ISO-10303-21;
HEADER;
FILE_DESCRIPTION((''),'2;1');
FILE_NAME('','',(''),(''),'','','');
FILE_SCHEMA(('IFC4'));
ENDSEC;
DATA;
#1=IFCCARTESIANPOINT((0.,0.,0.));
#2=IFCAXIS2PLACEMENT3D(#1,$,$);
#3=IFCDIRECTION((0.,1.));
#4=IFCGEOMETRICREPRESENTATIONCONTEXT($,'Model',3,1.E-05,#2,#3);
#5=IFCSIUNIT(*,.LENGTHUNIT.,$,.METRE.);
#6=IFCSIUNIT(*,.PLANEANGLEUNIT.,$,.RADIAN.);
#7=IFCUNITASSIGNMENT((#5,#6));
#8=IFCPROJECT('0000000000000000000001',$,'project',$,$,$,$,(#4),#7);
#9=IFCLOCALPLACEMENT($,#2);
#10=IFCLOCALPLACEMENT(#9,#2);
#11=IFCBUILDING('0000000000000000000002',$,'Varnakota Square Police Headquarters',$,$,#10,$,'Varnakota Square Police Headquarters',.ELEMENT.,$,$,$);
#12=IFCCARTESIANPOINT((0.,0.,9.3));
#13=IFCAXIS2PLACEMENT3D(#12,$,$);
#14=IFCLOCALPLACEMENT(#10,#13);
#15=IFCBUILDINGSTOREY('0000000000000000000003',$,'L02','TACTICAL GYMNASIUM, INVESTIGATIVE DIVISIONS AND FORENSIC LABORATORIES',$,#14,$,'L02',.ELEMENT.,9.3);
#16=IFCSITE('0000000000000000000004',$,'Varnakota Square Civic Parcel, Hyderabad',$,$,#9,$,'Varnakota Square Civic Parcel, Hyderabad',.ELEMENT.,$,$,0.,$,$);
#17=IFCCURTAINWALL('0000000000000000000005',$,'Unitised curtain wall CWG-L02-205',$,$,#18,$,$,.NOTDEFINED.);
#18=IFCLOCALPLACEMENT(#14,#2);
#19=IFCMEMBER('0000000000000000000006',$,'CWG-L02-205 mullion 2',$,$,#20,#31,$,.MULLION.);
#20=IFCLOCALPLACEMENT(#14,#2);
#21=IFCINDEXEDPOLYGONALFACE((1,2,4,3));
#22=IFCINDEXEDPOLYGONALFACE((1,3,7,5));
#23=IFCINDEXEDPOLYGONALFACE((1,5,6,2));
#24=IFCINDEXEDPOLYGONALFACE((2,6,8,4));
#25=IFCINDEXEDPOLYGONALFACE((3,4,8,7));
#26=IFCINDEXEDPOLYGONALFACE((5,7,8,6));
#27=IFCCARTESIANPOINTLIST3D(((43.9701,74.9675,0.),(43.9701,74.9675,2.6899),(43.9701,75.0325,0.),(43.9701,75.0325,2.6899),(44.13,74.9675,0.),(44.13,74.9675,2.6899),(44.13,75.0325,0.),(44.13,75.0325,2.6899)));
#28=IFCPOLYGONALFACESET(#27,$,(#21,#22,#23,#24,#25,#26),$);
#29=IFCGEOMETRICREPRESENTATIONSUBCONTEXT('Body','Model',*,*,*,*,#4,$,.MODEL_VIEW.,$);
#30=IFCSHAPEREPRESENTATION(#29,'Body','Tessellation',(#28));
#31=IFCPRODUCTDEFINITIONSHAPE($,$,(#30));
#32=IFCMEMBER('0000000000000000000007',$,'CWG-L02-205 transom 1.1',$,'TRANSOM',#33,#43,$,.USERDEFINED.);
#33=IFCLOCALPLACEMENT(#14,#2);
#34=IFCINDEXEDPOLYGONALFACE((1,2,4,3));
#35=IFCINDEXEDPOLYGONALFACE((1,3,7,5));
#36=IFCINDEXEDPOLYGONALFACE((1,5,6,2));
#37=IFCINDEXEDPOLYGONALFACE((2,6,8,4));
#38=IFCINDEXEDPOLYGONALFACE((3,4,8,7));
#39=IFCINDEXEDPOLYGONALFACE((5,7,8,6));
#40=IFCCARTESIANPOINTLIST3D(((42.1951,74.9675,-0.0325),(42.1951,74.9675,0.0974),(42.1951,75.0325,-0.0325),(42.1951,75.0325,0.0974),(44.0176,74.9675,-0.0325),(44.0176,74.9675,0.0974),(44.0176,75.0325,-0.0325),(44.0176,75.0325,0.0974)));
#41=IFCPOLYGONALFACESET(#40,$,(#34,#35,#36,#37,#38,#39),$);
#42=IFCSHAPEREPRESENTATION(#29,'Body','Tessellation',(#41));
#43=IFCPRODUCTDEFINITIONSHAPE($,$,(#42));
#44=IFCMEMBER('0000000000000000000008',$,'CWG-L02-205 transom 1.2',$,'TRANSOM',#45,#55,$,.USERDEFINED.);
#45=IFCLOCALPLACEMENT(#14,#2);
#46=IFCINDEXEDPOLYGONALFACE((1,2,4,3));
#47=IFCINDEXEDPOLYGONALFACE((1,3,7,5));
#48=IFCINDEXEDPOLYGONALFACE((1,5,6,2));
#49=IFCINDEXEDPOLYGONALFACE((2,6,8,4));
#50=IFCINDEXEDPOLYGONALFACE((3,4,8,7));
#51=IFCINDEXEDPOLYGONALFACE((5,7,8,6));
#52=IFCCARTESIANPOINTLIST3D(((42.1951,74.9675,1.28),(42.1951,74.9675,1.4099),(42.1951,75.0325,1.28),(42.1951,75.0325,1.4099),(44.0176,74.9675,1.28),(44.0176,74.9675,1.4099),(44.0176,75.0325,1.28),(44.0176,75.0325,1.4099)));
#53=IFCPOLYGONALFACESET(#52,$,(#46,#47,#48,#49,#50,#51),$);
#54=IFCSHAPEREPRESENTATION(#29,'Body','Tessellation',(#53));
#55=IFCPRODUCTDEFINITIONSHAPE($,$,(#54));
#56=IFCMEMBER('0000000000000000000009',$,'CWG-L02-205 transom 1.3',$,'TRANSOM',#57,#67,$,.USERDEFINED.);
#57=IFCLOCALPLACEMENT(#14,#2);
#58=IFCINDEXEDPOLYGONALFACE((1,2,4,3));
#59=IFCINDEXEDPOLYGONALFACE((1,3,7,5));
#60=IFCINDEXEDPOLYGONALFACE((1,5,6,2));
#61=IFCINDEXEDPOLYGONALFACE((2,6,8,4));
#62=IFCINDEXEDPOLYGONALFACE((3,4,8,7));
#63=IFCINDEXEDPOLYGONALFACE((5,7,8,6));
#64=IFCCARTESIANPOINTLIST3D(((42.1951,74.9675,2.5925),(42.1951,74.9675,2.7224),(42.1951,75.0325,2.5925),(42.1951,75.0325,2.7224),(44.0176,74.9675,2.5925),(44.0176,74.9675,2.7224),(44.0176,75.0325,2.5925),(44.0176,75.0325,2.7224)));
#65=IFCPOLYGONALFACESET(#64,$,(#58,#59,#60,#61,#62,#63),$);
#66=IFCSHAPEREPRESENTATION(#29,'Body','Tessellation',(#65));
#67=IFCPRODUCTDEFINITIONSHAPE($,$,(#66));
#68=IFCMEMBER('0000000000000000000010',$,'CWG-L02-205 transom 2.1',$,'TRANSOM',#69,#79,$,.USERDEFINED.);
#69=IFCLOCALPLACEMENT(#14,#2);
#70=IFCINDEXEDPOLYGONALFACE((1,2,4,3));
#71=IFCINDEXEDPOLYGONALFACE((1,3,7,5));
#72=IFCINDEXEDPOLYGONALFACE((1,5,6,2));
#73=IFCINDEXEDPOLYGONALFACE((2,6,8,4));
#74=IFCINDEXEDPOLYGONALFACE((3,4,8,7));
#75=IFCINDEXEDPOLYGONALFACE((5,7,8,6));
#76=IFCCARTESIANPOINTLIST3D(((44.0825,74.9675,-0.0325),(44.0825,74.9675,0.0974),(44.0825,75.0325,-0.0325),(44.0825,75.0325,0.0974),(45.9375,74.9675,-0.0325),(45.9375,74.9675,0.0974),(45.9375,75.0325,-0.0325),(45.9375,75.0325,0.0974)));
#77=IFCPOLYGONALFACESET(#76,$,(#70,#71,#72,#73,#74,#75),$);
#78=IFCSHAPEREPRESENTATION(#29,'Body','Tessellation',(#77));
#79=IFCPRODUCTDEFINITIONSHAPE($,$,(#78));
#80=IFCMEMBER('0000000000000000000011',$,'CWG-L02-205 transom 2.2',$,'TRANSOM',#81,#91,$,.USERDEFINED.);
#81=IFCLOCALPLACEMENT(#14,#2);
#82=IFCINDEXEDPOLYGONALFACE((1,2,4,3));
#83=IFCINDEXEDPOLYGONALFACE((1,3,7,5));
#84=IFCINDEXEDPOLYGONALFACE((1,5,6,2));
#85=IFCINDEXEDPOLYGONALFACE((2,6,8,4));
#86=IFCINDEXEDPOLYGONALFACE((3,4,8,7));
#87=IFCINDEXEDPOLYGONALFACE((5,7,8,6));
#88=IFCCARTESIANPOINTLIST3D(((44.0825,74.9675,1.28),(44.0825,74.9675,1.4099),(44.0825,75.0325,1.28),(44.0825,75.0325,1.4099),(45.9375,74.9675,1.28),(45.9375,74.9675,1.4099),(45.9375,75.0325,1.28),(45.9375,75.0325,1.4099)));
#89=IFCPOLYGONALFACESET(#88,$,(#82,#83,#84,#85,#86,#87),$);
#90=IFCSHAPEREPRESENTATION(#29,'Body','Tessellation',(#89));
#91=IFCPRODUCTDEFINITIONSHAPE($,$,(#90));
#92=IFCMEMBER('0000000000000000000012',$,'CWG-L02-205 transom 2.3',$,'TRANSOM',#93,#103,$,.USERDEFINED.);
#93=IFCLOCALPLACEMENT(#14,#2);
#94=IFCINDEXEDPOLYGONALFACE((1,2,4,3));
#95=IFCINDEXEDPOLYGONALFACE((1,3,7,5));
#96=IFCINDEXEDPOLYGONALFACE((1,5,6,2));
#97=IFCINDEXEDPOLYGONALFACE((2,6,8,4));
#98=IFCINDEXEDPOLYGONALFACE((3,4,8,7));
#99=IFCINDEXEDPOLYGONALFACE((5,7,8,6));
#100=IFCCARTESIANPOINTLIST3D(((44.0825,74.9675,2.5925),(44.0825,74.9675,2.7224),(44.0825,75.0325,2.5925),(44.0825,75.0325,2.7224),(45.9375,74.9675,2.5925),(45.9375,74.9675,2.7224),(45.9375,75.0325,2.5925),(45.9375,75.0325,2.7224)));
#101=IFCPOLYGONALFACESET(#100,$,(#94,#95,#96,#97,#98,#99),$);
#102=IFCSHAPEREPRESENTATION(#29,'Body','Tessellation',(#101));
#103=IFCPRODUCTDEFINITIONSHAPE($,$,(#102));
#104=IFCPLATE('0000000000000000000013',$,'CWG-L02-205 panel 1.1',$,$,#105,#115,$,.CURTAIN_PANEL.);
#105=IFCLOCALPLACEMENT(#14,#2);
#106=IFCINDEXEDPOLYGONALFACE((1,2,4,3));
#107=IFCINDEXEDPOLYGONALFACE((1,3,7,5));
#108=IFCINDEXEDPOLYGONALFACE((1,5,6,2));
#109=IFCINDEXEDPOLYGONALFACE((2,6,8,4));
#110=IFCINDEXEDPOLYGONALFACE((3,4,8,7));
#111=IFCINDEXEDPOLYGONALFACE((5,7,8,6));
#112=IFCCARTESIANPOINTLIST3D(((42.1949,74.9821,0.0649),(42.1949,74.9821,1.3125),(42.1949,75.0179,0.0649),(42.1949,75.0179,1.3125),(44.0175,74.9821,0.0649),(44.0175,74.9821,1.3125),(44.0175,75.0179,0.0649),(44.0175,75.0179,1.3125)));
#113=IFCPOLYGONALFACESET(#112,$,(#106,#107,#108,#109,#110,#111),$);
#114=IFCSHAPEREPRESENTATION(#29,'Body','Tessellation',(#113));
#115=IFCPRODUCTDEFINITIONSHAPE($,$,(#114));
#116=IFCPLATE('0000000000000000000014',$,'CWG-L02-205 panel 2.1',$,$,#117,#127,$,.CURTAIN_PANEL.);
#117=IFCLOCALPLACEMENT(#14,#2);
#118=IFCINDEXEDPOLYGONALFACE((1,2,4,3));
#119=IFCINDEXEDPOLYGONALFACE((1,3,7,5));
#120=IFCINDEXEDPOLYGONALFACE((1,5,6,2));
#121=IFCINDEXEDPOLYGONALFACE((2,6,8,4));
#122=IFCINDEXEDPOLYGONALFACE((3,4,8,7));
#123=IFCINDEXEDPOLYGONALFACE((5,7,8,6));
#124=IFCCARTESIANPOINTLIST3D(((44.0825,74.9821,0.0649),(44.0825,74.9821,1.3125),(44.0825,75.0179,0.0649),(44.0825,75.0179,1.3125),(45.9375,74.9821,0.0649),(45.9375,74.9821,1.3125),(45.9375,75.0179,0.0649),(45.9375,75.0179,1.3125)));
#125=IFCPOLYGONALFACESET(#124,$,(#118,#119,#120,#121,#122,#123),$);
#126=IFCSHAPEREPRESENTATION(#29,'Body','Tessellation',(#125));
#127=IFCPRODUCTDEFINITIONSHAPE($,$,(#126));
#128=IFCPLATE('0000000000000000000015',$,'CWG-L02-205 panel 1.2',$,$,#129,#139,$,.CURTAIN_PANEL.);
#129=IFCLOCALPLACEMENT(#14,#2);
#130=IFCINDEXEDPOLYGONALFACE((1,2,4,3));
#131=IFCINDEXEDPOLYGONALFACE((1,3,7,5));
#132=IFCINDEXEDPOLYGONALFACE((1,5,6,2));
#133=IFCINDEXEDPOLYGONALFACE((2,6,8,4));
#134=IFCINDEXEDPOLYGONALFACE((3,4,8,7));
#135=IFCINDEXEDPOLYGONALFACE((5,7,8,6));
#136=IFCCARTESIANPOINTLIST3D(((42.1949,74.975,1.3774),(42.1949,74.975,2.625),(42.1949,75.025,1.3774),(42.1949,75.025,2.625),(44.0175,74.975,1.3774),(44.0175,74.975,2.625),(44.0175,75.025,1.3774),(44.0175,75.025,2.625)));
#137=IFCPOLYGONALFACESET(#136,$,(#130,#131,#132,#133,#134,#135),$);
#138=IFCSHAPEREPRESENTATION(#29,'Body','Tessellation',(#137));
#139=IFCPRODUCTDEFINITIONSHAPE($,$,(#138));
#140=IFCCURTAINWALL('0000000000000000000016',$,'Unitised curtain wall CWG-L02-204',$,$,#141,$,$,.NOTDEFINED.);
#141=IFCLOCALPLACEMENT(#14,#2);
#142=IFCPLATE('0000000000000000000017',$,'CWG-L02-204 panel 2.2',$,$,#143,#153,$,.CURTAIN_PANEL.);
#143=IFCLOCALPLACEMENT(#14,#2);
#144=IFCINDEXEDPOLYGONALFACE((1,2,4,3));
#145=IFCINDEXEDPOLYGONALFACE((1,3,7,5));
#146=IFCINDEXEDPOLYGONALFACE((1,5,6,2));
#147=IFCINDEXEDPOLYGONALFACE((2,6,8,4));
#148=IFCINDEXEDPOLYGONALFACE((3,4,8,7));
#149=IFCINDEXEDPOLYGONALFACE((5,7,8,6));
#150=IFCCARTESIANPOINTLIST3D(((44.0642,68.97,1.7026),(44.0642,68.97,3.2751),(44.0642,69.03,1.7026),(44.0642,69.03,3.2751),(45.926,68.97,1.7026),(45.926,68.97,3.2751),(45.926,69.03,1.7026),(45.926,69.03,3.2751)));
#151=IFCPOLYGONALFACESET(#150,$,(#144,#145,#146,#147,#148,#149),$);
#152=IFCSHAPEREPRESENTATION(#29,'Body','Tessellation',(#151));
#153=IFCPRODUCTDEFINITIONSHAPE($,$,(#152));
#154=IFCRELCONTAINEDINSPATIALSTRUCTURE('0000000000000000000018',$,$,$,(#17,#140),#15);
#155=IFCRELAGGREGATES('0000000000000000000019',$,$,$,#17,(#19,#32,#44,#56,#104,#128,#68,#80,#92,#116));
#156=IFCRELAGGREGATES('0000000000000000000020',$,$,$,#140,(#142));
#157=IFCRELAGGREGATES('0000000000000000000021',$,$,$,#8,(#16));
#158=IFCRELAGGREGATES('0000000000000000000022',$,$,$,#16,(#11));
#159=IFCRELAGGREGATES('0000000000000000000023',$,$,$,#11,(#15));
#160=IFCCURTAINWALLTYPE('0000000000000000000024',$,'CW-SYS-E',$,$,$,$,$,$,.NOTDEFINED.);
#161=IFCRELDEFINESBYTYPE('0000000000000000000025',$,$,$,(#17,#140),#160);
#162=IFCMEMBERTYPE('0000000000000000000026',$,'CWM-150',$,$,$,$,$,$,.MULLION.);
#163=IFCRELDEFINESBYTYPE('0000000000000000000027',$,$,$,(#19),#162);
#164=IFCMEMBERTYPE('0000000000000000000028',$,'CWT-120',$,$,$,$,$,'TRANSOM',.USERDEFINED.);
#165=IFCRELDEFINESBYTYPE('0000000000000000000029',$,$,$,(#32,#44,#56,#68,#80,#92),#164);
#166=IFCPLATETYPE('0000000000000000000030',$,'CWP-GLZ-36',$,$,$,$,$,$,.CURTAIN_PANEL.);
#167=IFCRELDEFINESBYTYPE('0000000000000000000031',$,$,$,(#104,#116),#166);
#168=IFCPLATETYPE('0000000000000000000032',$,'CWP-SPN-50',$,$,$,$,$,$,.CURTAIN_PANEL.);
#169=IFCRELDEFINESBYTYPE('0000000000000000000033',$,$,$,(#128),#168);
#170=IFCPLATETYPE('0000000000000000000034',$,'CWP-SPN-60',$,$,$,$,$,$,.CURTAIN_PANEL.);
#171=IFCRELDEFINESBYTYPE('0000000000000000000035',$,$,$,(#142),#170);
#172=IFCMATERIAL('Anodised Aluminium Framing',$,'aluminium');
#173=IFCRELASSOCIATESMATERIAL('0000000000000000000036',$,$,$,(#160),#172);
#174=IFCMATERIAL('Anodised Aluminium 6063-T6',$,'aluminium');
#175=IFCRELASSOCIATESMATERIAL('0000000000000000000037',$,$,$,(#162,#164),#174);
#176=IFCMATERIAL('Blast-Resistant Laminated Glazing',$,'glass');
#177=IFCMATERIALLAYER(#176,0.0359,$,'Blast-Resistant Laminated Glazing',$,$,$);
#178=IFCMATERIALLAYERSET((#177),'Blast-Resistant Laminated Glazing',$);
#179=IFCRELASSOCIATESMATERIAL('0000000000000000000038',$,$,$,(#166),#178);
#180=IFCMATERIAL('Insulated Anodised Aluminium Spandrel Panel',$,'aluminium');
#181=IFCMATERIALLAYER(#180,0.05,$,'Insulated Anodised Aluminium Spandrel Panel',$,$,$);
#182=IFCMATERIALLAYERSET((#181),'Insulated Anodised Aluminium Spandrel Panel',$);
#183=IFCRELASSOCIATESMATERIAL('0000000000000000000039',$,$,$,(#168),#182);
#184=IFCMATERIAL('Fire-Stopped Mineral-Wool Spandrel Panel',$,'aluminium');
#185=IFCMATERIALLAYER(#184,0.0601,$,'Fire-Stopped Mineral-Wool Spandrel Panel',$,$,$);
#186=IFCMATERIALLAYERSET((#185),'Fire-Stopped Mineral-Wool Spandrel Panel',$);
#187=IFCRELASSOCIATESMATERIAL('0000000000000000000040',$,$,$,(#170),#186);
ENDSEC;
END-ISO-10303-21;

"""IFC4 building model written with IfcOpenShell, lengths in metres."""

from ifc_helpers import new_model, si_unit, direction, frame, origin, origin_2d, place, context, subcontext, project, spatial, rectangle, extrude, material, layer, layer_set, material_profile, profile_set, type_object, element, aggregate, save


model = new_model("IFC4")

# Units and contexts
model_context = context("Model", 3, precision=1e-05, world=origin(), true_north=direction((0.0, 1.0)))
body_context = subcontext(model_context, "Body", "Model", "MODEL_VIEW")
ifc_project = project(units=[si_unit("LENGTHUNIT", "METRE"), si_unit("PLANEANGLEUNIT", "RADIAN")], contexts=[model_context])

# Site, building, storey
site_placement = place(None, origin())
site = spatial("IfcSite", under=ifc_project, at=site_placement, Name="Varnakota Square Civic Parcel, Hyderabad", LongName="Varnakota Square Civic Parcel, Hyderabad", CompositionType="ELEMENT", RefElevation=0.0)
building_placement = place(site_placement, origin())
building = spatial("IfcBuilding", under=site, at=building_placement, Name="Varnakota Square Police Headquarters", LongName="Varnakota Square Police Headquarters", CompositionType="ELEMENT")
storey_placement = place(building_placement, frame((0.0, 0.0, 9.3)))
storey = spatial("IfcBuildingStorey", under=building, at=storey_placement, Name="L02", Description="TACTICAL GYMNASIUM, INVESTIGATIVE DIVISIONS AND FORENSIC LABORATORIES", LongName="L02", CompositionType="ELEMENT", Elevation=9.3)

# Curtain wall, members, plates
ifc_material_1 = material(Name="Anodised Aluminium Framing", Category="aluminium")
curtain_wall_type = type_object("IfcCurtainWallType", Name="CW-SYS-E", PredefinedType="NOTDEFINED", material=ifc_material_1)
curtain_wall_1_placement = place(storey_placement, origin())
curtain_wall_1 = element("IfcCurtainWall", 1, at=curtain_wall_1_placement, inside=storey, type_object=curtain_wall_type, Name="Unitised curtain wall CWG-L02-205", PredefinedType="NOTDEFINED")
ifc_material_2 = material(Name="Anodised Aluminium 6063-T6", Category="aluminium")
ifc_material_profile_1 = material_profile(ifc_material_2, rectangle(XDim=0.0649, YDim=0.1599, at=origin_2d()), Name="ALU MULLION 65x160")
ifc_profile_set_1 = profile_set([ifc_material_profile_1], Name="Anodised Aluminium 6063-T6")
member_type_1 = type_object("IfcMemberType", Name="CWM-150", PredefinedType="MULLION", material=ifc_profile_set_1)
member_1_placement = place(storey_placement, frame((44.05, 75.0, 0.0), z_axis=(0.0, 0.0, 1.0), x_axis=(0.0, 1.0, 0.0)))
member_1 = element("IfcMember", 2, at=member_1_placement, type_object=member_type_1, Name="CWG-L02-205 mullion 2", PredefinedType="MULLION", context=body_context, shape_type="SweptSolid", body=[
    extrude(rectangle(XDim=0.0649, YDim=0.1599, at=origin_2d()), origin(), (0.0, 0.0, 1.0), 2.6899),
])
ifc_material_profile_2 = material_profile(ifc_material_2, rectangle(XDim=0.0649, YDim=0.1299, at=origin_2d()), Name="ALU TRANSOM 65x130")
ifc_profile_set_2 = profile_set([ifc_material_profile_2], Name="Anodised Aluminium 6063-T6")
member_type_2 = type_object("IfcMemberType", Name="CWT-120", ElementType="TRANSOM", PredefinedType="USERDEFINED", material=ifc_profile_set_2)
member_2_placement = place(storey_placement, frame((42.1951, 75.0, 0.0325), z_axis=(1.0, 0.0, 0.0), x_axis=(0.0, 1.0, 0.0)))
member_2 = element("IfcMember", 3, at=member_2_placement, type_object=member_type_2, Name="CWG-L02-205 transom 1.1", ObjectType="TRANSOM", PredefinedType="USERDEFINED", context=body_context, shape_type="SweptSolid", body=[
    extrude(rectangle(XDim=0.0649, YDim=0.1299, at=origin_2d()), origin(), (0.0, 0.0, 1.0), 1.8225),
])
member_3_placement = place(storey_placement, frame((42.1951, 75.0, 1.345), z_axis=(1.0, 0.0, 0.0), x_axis=(0.0, 1.0, 0.0)))
member_3 = element("IfcMember", 4, at=member_3_placement, type_object=member_type_2, Name="CWG-L02-205 transom 1.2", ObjectType="TRANSOM", PredefinedType="USERDEFINED", context=body_context, shape_type="SweptSolid", body=[
    extrude(rectangle(XDim=0.0649, YDim=0.1299, at=origin_2d()), origin(), (0.0, 0.0, 1.0), 1.8225),
])
member_4_placement = place(storey_placement, frame((42.1951, 75.0, 2.6575), z_axis=(1.0, 0.0, 0.0), x_axis=(0.0, 1.0, 0.0)))
member_4 = element("IfcMember", 5, at=member_4_placement, type_object=member_type_2, Name="CWG-L02-205 transom 1.3", ObjectType="TRANSOM", PredefinedType="USERDEFINED", context=body_context, shape_type="SweptSolid", body=[
    extrude(rectangle(XDim=0.0649, YDim=0.1299, at=origin_2d()), origin(), (0.0, 0.0, 1.0), 1.8225),
])
member_5_placement = place(storey_placement, frame((44.0825, 75.0, 0.0325), z_axis=(1.0, 0.0, 0.0), x_axis=(0.0, 1.0, 0.0)))
member_5 = element("IfcMember", 6, at=member_5_placement, type_object=member_type_2, Name="CWG-L02-205 transom 2.1", ObjectType="TRANSOM", PredefinedType="USERDEFINED", context=body_context, shape_type="SweptSolid", body=[
    extrude(rectangle(XDim=0.0649, YDim=0.1299, at=origin_2d()), origin(), (0.0, 0.0, 1.0), 1.855),
])
member_6_placement = place(storey_placement, frame((44.0825, 75.0, 1.345), z_axis=(1.0, 0.0, 0.0), x_axis=(0.0, 1.0, 0.0)))
member_6 = element("IfcMember", 7, at=member_6_placement, type_object=member_type_2, Name="CWG-L02-205 transom 2.2", ObjectType="TRANSOM", PredefinedType="USERDEFINED", context=body_context, shape_type="SweptSolid", body=[
    extrude(rectangle(XDim=0.0649, YDim=0.1299, at=origin_2d()), origin(), (0.0, 0.0, 1.0), 1.855),
])
member_7_placement = place(storey_placement, frame((44.0825, 75.0, 2.6575), z_axis=(1.0, 0.0, 0.0), x_axis=(0.0, 1.0, 0.0)))
member_7 = element("IfcMember", 8, at=member_7_placement, type_object=member_type_2, Name="CWG-L02-205 transom 2.3", ObjectType="TRANSOM", PredefinedType="USERDEFINED", context=body_context, shape_type="SweptSolid", body=[
    extrude(rectangle(XDim=0.0649, YDim=0.1299, at=origin_2d()), origin(), (0.0, 0.0, 1.0), 1.855),
])
ifc_material_3 = material(Name="Blast-Resistant Laminated Glazing", Category="glass")
ifc_layer_1 = layer(ifc_material_3, 0.0359, Name="Blast-Resistant Laminated Glazing")
ifc_layer_set_1 = layer_set([ifc_layer_1], Name="Blast-Resistant Laminated Glazing")
plate_type_1 = type_object("IfcPlateType", Name="CWP-GLZ-36", PredefinedType="CURTAIN_PANEL", material=ifc_layer_set_1)
plate_1_placement = place(storey_placement, frame((43.1062, 75.0, 0.0649), z_axis=(0.0, 0.0, 1.0), x_axis=(1.0, 0.0, 0.0)))
plate_1 = element("IfcPlate", 9, at=plate_1_placement, type_object=plate_type_1, Name="CWG-L02-205 panel 1.1", PredefinedType="CURTAIN_PANEL", context=body_context, shape_type="SweptSolid", body=[
    extrude(rectangle(XDim=1.8225, YDim=0.0359, at=origin_2d()), origin(), (0.0, 0.0, 1.0), 1.2476),
])
plate_2_placement = place(storey_placement, frame((45.01, 75.0, 0.0649), z_axis=(0.0, 0.0, 1.0), x_axis=(1.0, 0.0, 0.0)))
plate_2 = element("IfcPlate", 10, at=plate_2_placement, type_object=plate_type_1, Name="CWG-L02-205 panel 2.1", PredefinedType="CURTAIN_PANEL", context=body_context, shape_type="SweptSolid", body=[
    extrude(rectangle(XDim=1.855, YDim=0.0359, at=origin_2d()), origin(), (0.0, 0.0, 1.0), 1.2476),
])
ifc_material_4 = material(Name="Insulated Anodised Aluminium Spandrel Panel", Category="aluminium")
ifc_layer_2 = layer(ifc_material_4, 0.05, Name="Insulated Anodised Aluminium Spandrel Panel")
ifc_layer_set_2 = layer_set([ifc_layer_2], Name="Insulated Anodised Aluminium Spandrel Panel")
plate_type_2 = type_object("IfcPlateType", Name="CWP-SPN-50", PredefinedType="CURTAIN_PANEL", material=ifc_layer_set_2)
plate_3_placement = place(storey_placement, frame((43.1062, 75.0, 1.3774), z_axis=(0.0, 0.0, 1.0), x_axis=(1.0, 0.0, 0.0)))
plate_3 = element("IfcPlate", 11, at=plate_3_placement, type_object=plate_type_2, Name="CWG-L02-205 panel 1.2", PredefinedType="CURTAIN_PANEL", context=body_context, shape_type="SweptSolid", body=[
    extrude(rectangle(XDim=1.8225, YDim=0.05, at=origin_2d()), origin(), (0.0, 0.0, 1.0), 1.2476),
])
aggregate(curtain_wall_1, [member_1, member_2, member_3, member_4, plate_1, plate_3, member_5, member_6, member_7, plate_2])

# Curtain wall, plate
curtain_wall_2_placement = place(storey_placement, origin())
curtain_wall_2 = element("IfcCurtainWall", 12, at=curtain_wall_2_placement, inside=storey, type_object=curtain_wall_type, Name="Unitised curtain wall CWG-L02-204", PredefinedType="NOTDEFINED")
ifc_material_5 = material(Name="Fire-Stopped Mineral-Wool Spandrel Panel", Category="aluminium")
ifc_layer_3 = layer(ifc_material_5, 0.0601, Name="Fire-Stopped Mineral-Wool Spandrel Panel")
ifc_layer_set_3 = layer_set([ifc_layer_3], Name="Fire-Stopped Mineral-Wool Spandrel Panel")
plate_type_3 = type_object("IfcPlateType", Name="CWP-SPN-60", PredefinedType="CURTAIN_PANEL", material=ifc_layer_set_3)
plate_4_placement = place(storey_placement, frame((44.9951, 69.0, 1.7026), z_axis=(0.0, 0.0, 1.0), x_axis=(1.0, 0.0, 0.0)))
plate_4 = element("IfcPlate", 13, at=plate_4_placement, type_object=plate_type_3, Name="CWG-L02-204 panel 2.2", PredefinedType="CURTAIN_PANEL", context=body_context, shape_type="SweptSolid", body=[
    extrude(rectangle(XDim=1.8618, YDim=0.0601, at=origin_2d()), origin(), (0.0, 0.0, 1.0), 1.5725),
])
aggregate(curtain_wall_2, [plate_4])

save(model, "model.ifc")
